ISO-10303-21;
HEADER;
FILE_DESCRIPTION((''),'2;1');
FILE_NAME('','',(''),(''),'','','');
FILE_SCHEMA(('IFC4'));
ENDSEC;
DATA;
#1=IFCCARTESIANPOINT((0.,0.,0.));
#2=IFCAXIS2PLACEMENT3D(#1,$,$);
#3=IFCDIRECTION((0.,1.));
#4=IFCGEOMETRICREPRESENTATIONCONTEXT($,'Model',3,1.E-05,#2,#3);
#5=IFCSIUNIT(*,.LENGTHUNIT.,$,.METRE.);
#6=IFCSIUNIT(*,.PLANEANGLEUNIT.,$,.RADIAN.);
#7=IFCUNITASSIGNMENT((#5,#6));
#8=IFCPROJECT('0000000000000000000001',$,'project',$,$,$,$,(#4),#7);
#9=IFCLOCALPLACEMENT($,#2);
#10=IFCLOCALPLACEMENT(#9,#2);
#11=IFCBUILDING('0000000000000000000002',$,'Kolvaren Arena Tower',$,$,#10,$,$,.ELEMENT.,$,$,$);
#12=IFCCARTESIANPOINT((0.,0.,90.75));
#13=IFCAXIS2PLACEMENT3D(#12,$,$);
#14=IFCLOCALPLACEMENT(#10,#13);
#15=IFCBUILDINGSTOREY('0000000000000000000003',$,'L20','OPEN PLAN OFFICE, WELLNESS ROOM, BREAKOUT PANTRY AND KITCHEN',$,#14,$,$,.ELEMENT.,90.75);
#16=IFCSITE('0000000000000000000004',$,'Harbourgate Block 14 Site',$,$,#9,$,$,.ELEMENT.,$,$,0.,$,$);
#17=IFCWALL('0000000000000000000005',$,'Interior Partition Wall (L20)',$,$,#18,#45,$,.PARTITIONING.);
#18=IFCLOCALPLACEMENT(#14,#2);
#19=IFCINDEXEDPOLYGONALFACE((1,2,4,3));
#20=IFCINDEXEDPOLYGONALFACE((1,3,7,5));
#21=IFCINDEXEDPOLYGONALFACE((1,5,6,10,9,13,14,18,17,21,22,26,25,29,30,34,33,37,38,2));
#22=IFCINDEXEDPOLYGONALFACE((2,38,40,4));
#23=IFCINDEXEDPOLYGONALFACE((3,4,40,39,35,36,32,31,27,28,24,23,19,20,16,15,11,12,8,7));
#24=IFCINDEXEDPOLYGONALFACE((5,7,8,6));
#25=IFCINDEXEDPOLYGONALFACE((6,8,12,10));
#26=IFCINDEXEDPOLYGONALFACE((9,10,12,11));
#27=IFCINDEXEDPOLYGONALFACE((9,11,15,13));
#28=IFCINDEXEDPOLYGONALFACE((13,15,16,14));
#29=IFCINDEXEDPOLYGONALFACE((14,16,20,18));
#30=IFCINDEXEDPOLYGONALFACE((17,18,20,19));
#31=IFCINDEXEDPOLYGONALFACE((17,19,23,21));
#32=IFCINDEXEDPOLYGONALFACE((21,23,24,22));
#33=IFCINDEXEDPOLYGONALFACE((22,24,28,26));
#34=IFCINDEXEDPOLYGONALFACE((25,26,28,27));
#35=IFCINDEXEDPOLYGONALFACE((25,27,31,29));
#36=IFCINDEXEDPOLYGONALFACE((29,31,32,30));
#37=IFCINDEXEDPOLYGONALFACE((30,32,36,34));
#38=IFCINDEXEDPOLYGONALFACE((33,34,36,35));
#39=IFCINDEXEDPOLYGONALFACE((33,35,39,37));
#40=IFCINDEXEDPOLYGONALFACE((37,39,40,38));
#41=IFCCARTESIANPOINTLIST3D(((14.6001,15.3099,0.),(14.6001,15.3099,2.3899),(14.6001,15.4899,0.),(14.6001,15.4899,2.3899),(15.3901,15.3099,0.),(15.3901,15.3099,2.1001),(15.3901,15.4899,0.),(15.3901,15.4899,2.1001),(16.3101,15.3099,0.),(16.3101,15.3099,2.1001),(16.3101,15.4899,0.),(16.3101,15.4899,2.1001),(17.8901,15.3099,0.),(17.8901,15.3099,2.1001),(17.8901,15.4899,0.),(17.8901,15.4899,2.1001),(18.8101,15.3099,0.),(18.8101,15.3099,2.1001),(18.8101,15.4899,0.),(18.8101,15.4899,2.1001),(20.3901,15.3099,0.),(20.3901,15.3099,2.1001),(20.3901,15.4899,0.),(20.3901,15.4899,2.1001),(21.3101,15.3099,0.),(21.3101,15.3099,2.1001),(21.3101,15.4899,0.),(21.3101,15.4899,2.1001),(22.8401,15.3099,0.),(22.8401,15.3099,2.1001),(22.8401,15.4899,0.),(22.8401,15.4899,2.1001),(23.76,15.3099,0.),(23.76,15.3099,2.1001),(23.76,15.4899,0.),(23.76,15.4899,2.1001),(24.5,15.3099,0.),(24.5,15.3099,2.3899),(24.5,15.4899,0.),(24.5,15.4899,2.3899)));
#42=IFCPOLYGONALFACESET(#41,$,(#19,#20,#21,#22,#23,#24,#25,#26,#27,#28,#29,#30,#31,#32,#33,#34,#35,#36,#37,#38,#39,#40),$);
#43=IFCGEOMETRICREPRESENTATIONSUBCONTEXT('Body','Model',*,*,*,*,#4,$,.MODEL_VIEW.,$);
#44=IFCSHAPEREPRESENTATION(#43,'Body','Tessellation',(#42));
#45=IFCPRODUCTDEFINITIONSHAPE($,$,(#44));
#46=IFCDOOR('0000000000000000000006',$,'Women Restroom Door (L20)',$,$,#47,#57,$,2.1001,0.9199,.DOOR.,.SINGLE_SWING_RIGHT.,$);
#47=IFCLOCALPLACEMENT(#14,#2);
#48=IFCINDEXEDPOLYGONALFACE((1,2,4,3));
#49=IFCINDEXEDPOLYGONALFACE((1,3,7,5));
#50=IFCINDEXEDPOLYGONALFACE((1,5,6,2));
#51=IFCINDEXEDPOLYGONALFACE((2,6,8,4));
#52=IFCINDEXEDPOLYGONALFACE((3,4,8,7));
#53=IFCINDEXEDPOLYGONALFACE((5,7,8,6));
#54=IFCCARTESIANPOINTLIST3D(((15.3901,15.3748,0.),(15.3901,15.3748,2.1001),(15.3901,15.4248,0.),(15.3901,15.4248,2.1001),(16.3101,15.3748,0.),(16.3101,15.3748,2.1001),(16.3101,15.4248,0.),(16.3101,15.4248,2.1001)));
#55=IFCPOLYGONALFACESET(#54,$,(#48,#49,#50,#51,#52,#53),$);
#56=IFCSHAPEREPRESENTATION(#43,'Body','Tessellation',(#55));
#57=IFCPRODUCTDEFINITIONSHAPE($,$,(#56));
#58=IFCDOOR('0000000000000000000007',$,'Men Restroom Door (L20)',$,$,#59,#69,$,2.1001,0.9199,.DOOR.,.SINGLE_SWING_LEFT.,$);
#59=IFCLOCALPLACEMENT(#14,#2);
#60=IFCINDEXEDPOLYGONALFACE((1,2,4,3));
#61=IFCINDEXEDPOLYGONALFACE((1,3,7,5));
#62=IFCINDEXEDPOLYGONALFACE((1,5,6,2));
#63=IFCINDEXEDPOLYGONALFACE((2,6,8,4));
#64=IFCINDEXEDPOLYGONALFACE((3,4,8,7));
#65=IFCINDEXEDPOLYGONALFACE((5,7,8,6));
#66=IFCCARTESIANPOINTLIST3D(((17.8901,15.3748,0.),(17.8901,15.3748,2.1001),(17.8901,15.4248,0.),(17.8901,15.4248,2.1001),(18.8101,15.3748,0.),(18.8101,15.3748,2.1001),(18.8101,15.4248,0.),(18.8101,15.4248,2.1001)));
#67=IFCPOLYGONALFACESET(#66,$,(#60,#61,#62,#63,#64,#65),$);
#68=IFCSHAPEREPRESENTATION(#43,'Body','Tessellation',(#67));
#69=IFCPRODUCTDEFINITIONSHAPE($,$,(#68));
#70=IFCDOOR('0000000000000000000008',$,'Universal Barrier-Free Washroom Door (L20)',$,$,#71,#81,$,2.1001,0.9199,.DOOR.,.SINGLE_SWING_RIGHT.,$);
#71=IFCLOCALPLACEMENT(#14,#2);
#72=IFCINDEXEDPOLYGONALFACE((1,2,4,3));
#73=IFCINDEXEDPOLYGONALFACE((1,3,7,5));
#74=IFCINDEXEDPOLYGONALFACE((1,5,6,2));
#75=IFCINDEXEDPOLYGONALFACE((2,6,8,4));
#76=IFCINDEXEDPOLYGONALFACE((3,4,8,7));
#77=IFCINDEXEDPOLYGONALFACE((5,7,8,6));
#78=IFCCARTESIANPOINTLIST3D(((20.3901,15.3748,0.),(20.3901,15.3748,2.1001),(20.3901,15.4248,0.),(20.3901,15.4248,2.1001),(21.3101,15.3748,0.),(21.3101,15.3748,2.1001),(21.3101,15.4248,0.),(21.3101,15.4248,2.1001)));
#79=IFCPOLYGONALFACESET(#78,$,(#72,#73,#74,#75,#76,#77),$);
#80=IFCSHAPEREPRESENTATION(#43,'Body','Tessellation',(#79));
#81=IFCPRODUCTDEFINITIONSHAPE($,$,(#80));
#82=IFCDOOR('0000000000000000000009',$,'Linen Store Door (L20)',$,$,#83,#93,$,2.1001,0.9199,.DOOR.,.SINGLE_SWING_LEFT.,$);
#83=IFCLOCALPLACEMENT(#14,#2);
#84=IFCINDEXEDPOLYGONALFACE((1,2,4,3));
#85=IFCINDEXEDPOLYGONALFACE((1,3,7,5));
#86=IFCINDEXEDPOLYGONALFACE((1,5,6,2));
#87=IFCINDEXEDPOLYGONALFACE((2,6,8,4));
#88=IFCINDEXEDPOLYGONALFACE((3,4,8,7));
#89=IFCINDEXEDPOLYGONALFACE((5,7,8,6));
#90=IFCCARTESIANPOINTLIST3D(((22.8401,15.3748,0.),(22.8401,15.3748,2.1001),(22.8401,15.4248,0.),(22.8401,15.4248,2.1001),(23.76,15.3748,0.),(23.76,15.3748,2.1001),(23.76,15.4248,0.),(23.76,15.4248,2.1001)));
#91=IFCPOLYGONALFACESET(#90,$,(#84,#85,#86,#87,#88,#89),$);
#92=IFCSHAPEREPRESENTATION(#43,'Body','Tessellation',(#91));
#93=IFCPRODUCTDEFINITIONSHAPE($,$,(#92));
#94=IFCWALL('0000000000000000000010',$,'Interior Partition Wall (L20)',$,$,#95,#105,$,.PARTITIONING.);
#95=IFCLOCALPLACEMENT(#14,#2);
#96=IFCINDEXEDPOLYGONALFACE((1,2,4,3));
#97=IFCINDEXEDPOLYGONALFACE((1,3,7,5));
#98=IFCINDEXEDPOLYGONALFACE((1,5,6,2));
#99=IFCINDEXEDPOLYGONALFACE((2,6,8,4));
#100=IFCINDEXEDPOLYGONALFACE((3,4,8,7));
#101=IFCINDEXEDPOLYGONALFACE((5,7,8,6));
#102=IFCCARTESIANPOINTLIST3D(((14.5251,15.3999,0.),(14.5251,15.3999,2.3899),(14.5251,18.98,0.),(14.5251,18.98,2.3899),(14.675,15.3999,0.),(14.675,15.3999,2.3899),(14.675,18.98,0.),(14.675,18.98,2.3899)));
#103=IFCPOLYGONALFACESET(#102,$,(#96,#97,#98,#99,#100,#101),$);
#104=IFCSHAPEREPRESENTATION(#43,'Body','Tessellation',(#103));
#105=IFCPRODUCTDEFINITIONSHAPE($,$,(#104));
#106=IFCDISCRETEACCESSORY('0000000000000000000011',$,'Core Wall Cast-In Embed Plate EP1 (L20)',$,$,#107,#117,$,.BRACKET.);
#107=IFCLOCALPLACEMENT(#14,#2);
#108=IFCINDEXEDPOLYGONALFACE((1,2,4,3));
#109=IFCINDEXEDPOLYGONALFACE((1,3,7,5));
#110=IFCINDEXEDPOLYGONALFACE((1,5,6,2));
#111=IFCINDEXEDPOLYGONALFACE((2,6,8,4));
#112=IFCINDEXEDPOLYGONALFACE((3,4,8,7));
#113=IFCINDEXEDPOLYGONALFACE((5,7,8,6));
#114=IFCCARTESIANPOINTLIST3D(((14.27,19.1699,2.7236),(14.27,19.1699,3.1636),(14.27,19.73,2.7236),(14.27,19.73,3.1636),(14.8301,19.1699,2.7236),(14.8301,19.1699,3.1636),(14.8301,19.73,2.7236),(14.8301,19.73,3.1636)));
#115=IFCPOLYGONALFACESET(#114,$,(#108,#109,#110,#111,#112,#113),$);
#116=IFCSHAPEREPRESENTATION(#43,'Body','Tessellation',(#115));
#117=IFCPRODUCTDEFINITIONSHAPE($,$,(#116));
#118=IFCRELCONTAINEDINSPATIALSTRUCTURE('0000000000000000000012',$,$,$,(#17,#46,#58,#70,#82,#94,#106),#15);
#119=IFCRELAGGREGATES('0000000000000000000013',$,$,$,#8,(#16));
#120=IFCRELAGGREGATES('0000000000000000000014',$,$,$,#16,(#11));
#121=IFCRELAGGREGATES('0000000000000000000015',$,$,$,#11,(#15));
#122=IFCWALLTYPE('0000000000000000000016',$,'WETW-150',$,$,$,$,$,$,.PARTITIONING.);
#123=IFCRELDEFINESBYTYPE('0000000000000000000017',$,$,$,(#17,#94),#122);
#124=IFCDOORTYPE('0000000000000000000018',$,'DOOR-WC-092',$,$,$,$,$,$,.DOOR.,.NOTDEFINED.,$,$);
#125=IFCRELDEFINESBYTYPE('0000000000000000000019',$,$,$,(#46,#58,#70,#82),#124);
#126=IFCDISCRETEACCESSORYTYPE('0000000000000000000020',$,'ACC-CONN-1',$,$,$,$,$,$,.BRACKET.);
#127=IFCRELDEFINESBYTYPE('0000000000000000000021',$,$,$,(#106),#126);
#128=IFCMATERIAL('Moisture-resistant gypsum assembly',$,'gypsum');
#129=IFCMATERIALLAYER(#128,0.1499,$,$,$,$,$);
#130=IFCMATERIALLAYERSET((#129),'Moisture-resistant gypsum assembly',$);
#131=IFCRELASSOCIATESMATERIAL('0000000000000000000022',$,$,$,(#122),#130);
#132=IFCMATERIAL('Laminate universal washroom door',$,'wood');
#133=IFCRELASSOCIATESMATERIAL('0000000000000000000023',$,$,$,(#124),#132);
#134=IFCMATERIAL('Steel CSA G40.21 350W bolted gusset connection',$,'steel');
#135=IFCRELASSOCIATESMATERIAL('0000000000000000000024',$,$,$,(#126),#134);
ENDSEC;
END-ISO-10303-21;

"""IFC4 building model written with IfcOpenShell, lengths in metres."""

from ifc_helpers import new_model, si_unit, direction, frame, frame_2d, origin, origin_2d, place, context, subcontext, project, spatial, rectangle, extrude, material, layer, layer_set, type_object, element, fill, save


model = new_model("IFC4")

# Units and contexts
model_context = context("Model", 3, precision=1e-05, world=origin(), true_north=direction((0.0, 1.0)))
body_context = subcontext(model_context, "Body", "Model", "MODEL_VIEW")
ifc_project = project(units=[si_unit("LENGTHUNIT", "METRE"), si_unit("PLANEANGLEUNIT", "RADIAN")], contexts=[model_context])

# Site, building, storey
site_placement = place(None, origin())
site = spatial("IfcSite", under=ifc_project, at=site_placement, Name="Harbourgate Block 14 Site", CompositionType="ELEMENT", RefElevation=0.0)
building_placement = place(site_placement, origin())
building = spatial("IfcBuilding", under=site, at=building_placement, Name="Kolvaren Arena Tower", CompositionType="ELEMENT")
storey_placement = place(building_placement, frame((0.0, 0.0, 90.75)))
storey = spatial("IfcBuildingStorey", under=building, at=storey_placement, Name="L20", Description="OPEN PLAN OFFICE, WELLNESS ROOM, BREAKOUT PANTRY AND KITCHEN", CompositionType="ELEMENT", Elevation=90.75)

# Wall, openings, doors
ifc_material_1 = material(Name="Moisture-resistant gypsum assembly", Category="gypsum")
ifc_layer_1 = layer(ifc_material_1, 0.1499)
ifc_layer_set_1 = layer_set([ifc_layer_1], Name="Moisture-resistant gypsum assembly")
wall_type_1 = type_object("IfcWallType", Name="WETW-150", PredefinedType="PARTITIONING", material=ifc_layer_set_1)
wall_1_placement = place(storey_placement, frame((14.6001, 15.3999, 0.0), z_axis=(0.0, 0.0, 1.0), x_axis=(1.0, 0.0, 0.0)))
wall_1 = element("IfcWall", 1, at=wall_1_placement, inside=storey, type_object=wall_type_1, Name="Interior Partition Wall (L20)", PredefinedType="PARTITIONING", context=body_context, shape_type="SweptSolid", body=[
    extrude(rectangle(XDim=9.8999, YDim=0.1799, at=frame_2d((4.95, 0.0))), origin(), (0.0, 0.0, 1.0), 2.3899),
])
opening_1_placement = place(wall_1_placement, frame((0.79, 0.0, 0.0)))
opening_1 = element("IfcOpeningElement", 2, at=opening_1_placement, cuts=wall_1, PredefinedType="OPENING", context=body_context, shape_type="SweptSolid", body=[
    extrude(rectangle(XDim=0.9199, YDim=2.1001, at=frame_2d((0.46, 1.05))), frame((0.0, 0.0999, 0.0), z_axis=(0.0, -1.0, 0.0), x_axis=(1.0, 0.0, 0.0)), (0.0, 0.0, 1.0), 0.2),
])
opening_2_placement = place(wall_1_placement, frame((3.29, 0.0, 0.0)))
opening_2 = element("IfcOpeningElement", 3, at=opening_2_placement, cuts=wall_1, PredefinedType="OPENING", context=body_context, shape_type="SweptSolid", body=[
    extrude(rectangle(XDim=0.9199, YDim=2.1001, at=frame_2d((0.46, 1.05))), frame((0.0, 0.0999, 0.0), z_axis=(0.0, -1.0, 0.0), x_axis=(1.0, 0.0, 0.0)), (0.0, 0.0, 1.0), 0.2),
])
opening_3_placement = place(wall_1_placement, frame((5.79, 0.0, 0.0)))
opening_3 = element("IfcOpeningElement", 4, at=opening_3_placement, cuts=wall_1, PredefinedType="OPENING", context=body_context, shape_type="SweptSolid", body=[
    extrude(rectangle(XDim=0.9199, YDim=2.1001, at=frame_2d((0.46, 1.05))), frame((0.0, 0.0999, 0.0), z_axis=(0.0, -1.0, 0.0), x_axis=(1.0, 0.0, 0.0)), (0.0, 0.0, 1.0), 0.2),
])
opening_4_placement = place(wall_1_placement, frame((8.24, 0.0, 0.0)))
opening_4 = element("IfcOpeningElement", 5, at=opening_4_placement, cuts=wall_1, PredefinedType="OPENING", context=body_context, shape_type="SweptSolid", body=[
    extrude(rectangle(XDim=0.9199, YDim=2.1001, at=frame_2d((0.46, 1.05))), frame((0.0, 0.0999, 0.0), z_axis=(0.0, -1.0, 0.0), x_axis=(1.0, 0.0, 0.0)), (0.0, 0.0, 1.0), 0.2),
])
ifc_material_2 = material(Name="Laminate universal washroom door", Category="wood")
door_type = type_object("IfcDoorType", Name="DOOR-WC-092", OperationType="NOTDEFINED", PredefinedType="DOOR", material=ifc_material_2)
door_1_placement = place(opening_1_placement, origin())
door_1 = element("IfcDoor", 6, at=door_1_placement, inside=storey, type_object=door_type, Name="Women Restroom Door (L20)", OperationType="SINGLE_SWING_RIGHT", OverallHeight=2.1001, OverallWidth=0.9199, PredefinedType="DOOR", context=body_context, shape_type="SweptSolid", body=[
    extrude(rectangle(XDim=0.9199, YDim=2.1001, at=frame_2d((0.46, 1.05))), frame((0.0, 0.0249, 0.0), z_axis=(0.0, -1.0, 0.0), x_axis=(1.0, 0.0, 0.0)), (0.0, 0.0, 1.0), 0.05),
])
fill(opening_1, door_1)
door_2_placement = place(opening_2_placement, origin())
door_2 = element("IfcDoor", 7, at=door_2_placement, inside=storey, type_object=door_type, Name="Men Restroom Door (L20)", OperationType="SINGLE_SWING_LEFT", OverallHeight=2.1001, OverallWidth=0.9199, PredefinedType="DOOR", context=body_context, shape_type="SweptSolid", body=[
    extrude(rectangle(XDim=0.9199, YDim=2.1001, at=frame_2d((0.46, 1.05))), frame((0.0, 0.0249, 0.0), z_axis=(0.0, -1.0, 0.0), x_axis=(1.0, 0.0, 0.0)), (0.0, 0.0, 1.0), 0.05),
])
fill(opening_2, door_2)
door_3_placement = place(opening_3_placement, origin())
door_3 = element("IfcDoor", 8, at=door_3_placement, inside=storey, type_object=door_type, Name="Universal Barrier-Free Washroom Door (L20)", OperationType="SINGLE_SWING_RIGHT", OverallHeight=2.1001, OverallWidth=0.9199, PredefinedType="DOOR", context=body_context, shape_type="SweptSolid", body=[
    extrude(rectangle(XDim=0.9199, YDim=2.1001, at=frame_2d((0.46, 1.05))), frame((0.0, 0.0249, 0.0), z_axis=(0.0, -1.0, 0.0), x_axis=(1.0, 0.0, 0.0)), (0.0, 0.0, 1.0), 0.05),
])
fill(opening_3, door_3)
door_4_placement = place(opening_4_placement, origin())
door_4 = element("IfcDoor", 9, at=door_4_placement, inside=storey, type_object=door_type, Name="Linen Store Door (L20)", OperationType="SINGLE_SWING_LEFT", OverallHeight=2.1001, OverallWidth=0.9199, PredefinedType="DOOR", context=body_context, shape_type="SweptSolid", body=[
    extrude(rectangle(XDim=0.9199, YDim=2.1001, at=frame_2d((0.46, 1.05))), frame((0.0, 0.0249, 0.0), z_axis=(0.0, -1.0, 0.0), x_axis=(1.0, 0.0, 0.0)), (0.0, 0.0, 1.0), 0.05),
])
fill(opening_4, door_4)

# Wall
wall_2_placement = place(storey_placement, frame((14.6001, 15.3999, 0.0), z_axis=(0.0, 0.0, 1.0), x_axis=(0.0, 1.0, 0.0)))
element("IfcWall", 10, at=wall_2_placement, inside=storey, type_object=wall_type_1, Name="Interior Partition Wall (L20)", PredefinedType="PARTITIONING", context=body_context, shape_type="SweptSolid", body=[
    extrude(rectangle(XDim=3.5801, YDim=0.1499, at=frame_2d((1.79, 0.0))), origin(), (0.0, 0.0, 1.0), 2.3899),
])

# Discrete accessory
ifc_material_3 = material(Name="Steel CSA G40.21 350W bolted gusset connection", Category="steel")
discrete_accessory_type = type_object("IfcDiscreteAccessoryType", Name="ACC-CONN-1", PredefinedType="BRACKET", material=ifc_material_3)
discrete_accessory_placement = place(storey_placement, frame((14.55, 19.45, 2.7236), z_axis=(0.0, 0.0, 1.0), x_axis=(1.0, 0.0, 0.0)))
element("IfcDiscreteAccessory", 11, at=discrete_accessory_placement, inside=storey, type_object=discrete_accessory_type, Name="Core Wall Cast-In Embed Plate EP1 (L20)", PredefinedType="BRACKET", context=body_context, shape_type="SweptSolid", body=[
    extrude(rectangle(XDim=0.5601, YDim=0.5601, at=origin_2d()), origin(), (0.0, 0.0, 1.0), 0.4399),
])

save(model, "model.ifc")
